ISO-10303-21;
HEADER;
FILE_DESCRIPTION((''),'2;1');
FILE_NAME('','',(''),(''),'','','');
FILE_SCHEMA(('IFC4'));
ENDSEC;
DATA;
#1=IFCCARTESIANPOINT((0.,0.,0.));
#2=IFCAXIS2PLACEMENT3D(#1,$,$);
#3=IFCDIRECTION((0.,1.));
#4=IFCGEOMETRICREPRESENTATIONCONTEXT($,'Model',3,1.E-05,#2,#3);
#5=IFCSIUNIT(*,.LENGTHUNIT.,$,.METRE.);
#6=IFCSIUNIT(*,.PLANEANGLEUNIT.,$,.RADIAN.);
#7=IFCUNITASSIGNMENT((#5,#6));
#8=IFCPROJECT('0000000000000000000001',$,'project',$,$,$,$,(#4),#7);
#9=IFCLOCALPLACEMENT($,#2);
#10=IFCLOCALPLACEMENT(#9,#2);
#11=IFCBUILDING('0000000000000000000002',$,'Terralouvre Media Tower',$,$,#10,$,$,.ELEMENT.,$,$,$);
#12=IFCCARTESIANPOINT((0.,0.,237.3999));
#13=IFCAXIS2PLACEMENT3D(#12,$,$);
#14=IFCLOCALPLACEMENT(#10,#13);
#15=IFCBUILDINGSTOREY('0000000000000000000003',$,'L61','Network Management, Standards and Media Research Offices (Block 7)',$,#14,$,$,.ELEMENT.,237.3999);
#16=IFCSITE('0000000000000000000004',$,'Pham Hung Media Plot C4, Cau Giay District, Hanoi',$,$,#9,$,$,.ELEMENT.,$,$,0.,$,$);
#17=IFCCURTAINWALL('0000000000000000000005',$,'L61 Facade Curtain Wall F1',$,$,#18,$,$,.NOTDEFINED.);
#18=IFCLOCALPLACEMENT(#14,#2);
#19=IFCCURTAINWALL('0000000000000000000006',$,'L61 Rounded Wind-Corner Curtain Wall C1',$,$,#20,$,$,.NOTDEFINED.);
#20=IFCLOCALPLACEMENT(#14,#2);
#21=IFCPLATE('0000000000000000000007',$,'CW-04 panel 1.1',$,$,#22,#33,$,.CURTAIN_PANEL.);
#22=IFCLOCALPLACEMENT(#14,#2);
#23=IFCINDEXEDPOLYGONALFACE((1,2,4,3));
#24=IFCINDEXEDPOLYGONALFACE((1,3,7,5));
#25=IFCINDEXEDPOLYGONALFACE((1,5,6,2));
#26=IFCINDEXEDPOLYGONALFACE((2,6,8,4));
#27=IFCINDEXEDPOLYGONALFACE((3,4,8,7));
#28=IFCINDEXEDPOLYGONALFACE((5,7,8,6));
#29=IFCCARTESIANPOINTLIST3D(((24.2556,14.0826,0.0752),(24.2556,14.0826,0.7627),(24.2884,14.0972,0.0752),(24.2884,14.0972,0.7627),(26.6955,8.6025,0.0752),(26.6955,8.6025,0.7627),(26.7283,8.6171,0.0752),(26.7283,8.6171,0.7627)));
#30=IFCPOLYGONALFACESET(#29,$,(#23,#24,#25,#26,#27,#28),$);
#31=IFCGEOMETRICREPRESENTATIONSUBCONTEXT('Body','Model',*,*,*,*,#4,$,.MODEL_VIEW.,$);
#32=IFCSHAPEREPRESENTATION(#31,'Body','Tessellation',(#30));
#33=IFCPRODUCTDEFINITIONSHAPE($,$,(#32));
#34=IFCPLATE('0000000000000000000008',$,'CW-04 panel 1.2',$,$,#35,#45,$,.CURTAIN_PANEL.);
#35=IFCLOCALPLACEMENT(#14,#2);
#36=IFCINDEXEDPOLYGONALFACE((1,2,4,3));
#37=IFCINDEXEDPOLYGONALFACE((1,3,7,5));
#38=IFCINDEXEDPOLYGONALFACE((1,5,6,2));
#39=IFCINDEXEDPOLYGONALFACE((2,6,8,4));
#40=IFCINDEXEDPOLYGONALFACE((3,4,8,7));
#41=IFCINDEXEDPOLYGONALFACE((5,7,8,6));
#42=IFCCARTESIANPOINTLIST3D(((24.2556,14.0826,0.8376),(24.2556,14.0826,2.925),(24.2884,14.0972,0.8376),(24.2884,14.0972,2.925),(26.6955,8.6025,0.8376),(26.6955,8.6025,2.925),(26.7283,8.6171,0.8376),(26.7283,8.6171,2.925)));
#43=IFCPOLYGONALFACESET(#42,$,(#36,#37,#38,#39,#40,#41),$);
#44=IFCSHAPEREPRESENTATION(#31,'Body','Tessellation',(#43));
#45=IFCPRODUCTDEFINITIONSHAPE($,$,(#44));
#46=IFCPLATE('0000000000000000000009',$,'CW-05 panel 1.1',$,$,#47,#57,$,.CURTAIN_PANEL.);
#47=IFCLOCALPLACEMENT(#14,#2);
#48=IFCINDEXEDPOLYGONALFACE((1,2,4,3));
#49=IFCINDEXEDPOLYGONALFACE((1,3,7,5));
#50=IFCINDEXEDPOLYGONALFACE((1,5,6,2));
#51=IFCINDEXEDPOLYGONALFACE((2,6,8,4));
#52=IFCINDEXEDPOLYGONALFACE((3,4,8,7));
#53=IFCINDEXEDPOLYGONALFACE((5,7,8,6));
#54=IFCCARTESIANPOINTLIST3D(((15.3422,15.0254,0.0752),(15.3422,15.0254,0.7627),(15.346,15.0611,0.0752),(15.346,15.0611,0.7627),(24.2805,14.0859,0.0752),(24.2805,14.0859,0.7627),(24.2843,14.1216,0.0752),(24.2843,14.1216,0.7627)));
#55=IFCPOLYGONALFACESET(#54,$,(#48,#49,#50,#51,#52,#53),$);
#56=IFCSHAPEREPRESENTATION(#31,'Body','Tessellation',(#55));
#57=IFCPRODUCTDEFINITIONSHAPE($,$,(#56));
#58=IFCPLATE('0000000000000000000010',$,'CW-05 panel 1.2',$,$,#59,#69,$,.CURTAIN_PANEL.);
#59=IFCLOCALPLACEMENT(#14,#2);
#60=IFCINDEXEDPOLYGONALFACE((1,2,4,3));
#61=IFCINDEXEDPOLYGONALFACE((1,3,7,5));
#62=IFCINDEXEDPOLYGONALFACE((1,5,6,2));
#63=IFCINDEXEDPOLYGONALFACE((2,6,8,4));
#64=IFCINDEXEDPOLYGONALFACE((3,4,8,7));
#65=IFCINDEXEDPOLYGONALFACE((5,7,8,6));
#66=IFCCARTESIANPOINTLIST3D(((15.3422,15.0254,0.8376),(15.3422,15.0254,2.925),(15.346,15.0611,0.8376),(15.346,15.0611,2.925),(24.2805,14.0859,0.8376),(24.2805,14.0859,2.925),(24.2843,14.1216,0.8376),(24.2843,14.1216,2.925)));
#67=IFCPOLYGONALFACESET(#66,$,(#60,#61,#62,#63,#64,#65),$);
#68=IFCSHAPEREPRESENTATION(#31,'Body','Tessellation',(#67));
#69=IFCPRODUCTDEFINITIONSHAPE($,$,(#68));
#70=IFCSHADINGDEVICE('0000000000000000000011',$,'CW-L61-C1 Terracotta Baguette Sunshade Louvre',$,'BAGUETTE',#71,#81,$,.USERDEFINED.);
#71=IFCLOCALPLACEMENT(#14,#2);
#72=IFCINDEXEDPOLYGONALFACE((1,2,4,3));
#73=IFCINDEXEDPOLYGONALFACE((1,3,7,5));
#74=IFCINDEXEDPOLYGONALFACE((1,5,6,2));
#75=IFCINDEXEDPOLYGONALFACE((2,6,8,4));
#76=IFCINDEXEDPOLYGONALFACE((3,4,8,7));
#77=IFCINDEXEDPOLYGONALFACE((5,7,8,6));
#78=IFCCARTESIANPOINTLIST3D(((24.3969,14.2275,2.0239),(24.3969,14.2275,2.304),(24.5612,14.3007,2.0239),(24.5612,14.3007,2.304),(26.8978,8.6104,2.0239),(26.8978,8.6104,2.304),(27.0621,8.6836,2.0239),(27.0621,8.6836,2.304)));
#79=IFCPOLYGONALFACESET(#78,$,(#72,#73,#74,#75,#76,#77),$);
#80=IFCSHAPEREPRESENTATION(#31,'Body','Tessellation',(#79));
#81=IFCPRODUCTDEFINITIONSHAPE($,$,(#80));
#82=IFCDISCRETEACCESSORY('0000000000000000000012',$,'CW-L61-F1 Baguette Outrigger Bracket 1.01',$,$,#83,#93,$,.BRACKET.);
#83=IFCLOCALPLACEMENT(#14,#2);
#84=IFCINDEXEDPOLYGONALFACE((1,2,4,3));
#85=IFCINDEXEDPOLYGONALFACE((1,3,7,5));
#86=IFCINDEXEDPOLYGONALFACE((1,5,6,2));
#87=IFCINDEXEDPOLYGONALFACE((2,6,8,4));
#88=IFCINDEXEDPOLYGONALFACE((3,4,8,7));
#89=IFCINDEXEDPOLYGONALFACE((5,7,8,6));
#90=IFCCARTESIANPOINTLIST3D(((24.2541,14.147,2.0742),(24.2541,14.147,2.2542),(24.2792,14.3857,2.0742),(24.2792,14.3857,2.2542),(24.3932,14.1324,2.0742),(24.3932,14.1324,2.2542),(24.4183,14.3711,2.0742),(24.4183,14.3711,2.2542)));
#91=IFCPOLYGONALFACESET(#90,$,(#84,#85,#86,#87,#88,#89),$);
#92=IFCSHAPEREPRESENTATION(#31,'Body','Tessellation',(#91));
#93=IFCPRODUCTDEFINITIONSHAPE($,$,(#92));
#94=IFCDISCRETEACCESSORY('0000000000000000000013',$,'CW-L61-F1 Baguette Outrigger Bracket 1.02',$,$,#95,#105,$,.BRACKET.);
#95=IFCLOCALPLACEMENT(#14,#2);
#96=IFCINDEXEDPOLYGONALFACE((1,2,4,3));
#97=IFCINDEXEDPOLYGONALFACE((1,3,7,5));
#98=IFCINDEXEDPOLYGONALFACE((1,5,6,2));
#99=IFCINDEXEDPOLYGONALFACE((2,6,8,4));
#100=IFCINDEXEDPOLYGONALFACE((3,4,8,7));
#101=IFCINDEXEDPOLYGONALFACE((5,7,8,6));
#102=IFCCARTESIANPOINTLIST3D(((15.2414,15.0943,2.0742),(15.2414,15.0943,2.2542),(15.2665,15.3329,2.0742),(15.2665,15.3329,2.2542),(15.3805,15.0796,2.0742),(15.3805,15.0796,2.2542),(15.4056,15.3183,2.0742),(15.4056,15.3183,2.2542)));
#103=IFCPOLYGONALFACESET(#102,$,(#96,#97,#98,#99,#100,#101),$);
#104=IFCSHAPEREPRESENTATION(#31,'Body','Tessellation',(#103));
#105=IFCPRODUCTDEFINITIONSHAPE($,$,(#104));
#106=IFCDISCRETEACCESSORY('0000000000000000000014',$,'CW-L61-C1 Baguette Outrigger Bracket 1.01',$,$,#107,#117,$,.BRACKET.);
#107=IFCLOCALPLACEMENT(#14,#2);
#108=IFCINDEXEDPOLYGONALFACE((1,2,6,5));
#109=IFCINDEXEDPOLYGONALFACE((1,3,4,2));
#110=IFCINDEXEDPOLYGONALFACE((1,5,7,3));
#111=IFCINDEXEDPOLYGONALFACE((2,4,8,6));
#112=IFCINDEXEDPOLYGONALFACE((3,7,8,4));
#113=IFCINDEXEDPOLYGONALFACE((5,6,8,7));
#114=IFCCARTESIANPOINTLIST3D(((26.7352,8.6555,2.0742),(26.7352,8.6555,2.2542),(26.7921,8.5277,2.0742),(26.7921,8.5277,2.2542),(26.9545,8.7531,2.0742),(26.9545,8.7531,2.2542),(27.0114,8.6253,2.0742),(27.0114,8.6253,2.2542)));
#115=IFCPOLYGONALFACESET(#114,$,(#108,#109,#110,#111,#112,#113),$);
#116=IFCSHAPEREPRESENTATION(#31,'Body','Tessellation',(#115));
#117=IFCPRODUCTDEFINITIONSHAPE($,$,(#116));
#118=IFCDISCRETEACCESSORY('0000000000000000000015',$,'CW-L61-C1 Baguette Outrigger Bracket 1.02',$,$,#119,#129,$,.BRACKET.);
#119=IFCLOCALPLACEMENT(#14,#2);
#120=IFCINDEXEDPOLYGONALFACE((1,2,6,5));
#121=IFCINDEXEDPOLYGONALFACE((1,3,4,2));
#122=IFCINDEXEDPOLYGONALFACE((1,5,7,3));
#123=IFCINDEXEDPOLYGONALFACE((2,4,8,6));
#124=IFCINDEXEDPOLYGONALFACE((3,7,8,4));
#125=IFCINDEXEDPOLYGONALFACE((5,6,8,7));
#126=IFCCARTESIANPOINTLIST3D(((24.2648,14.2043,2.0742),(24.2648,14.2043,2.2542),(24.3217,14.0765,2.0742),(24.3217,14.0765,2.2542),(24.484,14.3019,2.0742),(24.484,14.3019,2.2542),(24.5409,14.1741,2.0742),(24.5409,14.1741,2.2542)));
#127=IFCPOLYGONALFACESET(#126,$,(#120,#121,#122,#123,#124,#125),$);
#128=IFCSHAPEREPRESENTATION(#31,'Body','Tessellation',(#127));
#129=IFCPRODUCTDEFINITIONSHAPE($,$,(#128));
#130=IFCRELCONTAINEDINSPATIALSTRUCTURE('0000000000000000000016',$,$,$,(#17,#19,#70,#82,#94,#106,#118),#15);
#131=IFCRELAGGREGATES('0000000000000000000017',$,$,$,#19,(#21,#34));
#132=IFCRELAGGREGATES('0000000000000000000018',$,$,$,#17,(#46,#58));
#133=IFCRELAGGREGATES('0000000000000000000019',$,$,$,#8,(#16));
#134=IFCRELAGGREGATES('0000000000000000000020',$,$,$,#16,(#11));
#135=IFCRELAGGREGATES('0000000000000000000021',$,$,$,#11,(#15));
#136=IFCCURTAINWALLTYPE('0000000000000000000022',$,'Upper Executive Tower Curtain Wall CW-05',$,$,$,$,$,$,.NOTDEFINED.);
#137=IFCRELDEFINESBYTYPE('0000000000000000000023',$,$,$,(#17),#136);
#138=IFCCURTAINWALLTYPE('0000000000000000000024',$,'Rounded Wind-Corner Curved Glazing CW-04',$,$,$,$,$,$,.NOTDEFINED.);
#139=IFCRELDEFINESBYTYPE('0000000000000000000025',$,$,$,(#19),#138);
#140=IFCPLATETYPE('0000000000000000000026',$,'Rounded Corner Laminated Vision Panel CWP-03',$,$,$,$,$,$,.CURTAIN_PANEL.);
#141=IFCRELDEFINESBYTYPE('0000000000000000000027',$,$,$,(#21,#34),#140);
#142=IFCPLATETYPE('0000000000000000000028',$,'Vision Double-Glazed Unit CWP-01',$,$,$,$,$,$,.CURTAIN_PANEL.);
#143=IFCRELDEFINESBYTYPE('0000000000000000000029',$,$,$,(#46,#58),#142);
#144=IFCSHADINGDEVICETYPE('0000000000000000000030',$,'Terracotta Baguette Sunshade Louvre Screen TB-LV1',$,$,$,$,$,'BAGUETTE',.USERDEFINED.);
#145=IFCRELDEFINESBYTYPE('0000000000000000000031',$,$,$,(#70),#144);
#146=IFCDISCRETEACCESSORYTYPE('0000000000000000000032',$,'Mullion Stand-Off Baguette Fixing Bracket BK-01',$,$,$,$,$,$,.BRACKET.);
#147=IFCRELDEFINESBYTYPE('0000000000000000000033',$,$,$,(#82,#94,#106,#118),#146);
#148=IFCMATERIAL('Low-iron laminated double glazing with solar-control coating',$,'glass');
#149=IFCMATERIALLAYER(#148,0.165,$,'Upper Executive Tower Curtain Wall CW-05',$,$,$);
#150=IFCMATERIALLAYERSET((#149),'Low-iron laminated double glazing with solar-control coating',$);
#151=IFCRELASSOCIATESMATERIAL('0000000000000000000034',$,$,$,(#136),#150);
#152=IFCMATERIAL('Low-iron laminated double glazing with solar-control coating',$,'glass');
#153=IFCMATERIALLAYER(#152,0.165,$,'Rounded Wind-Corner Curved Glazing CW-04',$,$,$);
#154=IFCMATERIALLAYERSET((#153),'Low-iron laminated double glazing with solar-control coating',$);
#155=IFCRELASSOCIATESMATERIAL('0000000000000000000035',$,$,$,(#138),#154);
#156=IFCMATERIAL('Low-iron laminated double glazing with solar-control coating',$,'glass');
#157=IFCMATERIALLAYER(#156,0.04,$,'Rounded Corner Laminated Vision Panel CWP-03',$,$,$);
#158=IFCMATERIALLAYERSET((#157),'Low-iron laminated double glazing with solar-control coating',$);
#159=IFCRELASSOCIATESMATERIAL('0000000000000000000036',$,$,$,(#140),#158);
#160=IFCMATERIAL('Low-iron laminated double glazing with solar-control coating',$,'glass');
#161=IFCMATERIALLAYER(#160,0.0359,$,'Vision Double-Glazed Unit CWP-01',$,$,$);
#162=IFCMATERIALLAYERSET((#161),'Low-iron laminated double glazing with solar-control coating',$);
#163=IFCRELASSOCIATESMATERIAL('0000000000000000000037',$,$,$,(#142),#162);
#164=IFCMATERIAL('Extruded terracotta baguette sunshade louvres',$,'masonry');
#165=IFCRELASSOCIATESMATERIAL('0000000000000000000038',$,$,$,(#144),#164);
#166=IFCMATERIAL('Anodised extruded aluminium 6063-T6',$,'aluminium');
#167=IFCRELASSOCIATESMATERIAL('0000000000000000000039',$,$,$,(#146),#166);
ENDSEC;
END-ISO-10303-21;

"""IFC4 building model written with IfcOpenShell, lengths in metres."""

from ifc_helpers import new_model, si_unit, direction, frame, origin, origin_2d, place, context, subcontext, project, spatial, rectangle, extrude, material, layer, layer_set, type_object, element, aggregate, save


model = new_model("IFC4")

# Units and contexts
model_context = context("Model", 3, precision=1e-05, world=origin(), true_north=direction((0.0, 1.0)))
body_context = subcontext(model_context, "Body", "Model", "MODEL_VIEW")
ifc_project = project(units=[si_unit("LENGTHUNIT", "METRE"), si_unit("PLANEANGLEUNIT", "RADIAN")], contexts=[model_context])

# Site, building, storey
site_placement = place(None, origin())
site = spatial("IfcSite", under=ifc_project, at=site_placement, Name="Pham Hung Media Plot C4, Cau Giay District, Hanoi", CompositionType="ELEMENT", RefElevation=0.0)
building_placement = place(site_placement, origin())
building = spatial("IfcBuilding", under=site, at=building_placement, Name="Terralouvre Media Tower", CompositionType="ELEMENT")
storey_placement = place(building_placement, frame((0.0, 0.0, 237.3999)))
storey = spatial("IfcBuildingStorey", under=building, at=storey_placement, Name="L61", Description="Network Management, Standards and Media Research Offices (Block 7)", CompositionType="ELEMENT", Elevation=237.3999)

# Curtain wall
ifc_material_1 = material(Name="Low-iron laminated double glazing with solar-control coating", Category="glass")
ifc_layer_1 = layer(ifc_material_1, 0.165, Name="Upper Executive Tower Curtain Wall CW-05")
ifc_layer_set_1 = layer_set([ifc_layer_1], Name="Low-iron laminated double glazing with solar-control coating")
curtain_wall_type_1 = type_object("IfcCurtainWallType", Name="Upper Executive Tower Curtain Wall CW-05", PredefinedType="NOTDEFINED", material=ifc_layer_set_1)
curtain_wall_1_placement = place(storey_placement, origin())
curtain_wall_1 = element("IfcCurtainWall", 1, at=curtain_wall_1_placement, inside=storey, type_object=curtain_wall_type_1, Name="L61 Facade Curtain Wall F1", PredefinedType="NOTDEFINED")

# Curtain wall
ifc_material_2 = material(Name="Low-iron laminated double glazing with solar-control coating", Category="glass")
ifc_layer_2 = layer(ifc_material_2, 0.165, Name="Rounded Wind-Corner Curved Glazing CW-04")
ifc_layer_set_2 = layer_set([ifc_layer_2], Name="Low-iron laminated double glazing with solar-control coating")
curtain_wall_type_2 = type_object("IfcCurtainWallType", Name="Rounded Wind-Corner Curved Glazing CW-04", PredefinedType="NOTDEFINED", material=ifc_layer_set_2)
curtain_wall_2_placement = place(storey_placement, origin())
curtain_wall_2 = element("IfcCurtainWall", 2, at=curtain_wall_2_placement, inside=storey, type_object=curtain_wall_type_2, Name="L61 Rounded Wind-Corner Curtain Wall C1", PredefinedType="NOTDEFINED")

# Plates
ifc_material_3 = material(Name="Low-iron laminated double glazing with solar-control coating", Category="glass")
ifc_layer_3 = layer(ifc_material_3, 0.04, Name="Rounded Corner Laminated Vision Panel CWP-03")
ifc_layer_set_3 = layer_set([ifc_layer_3], Name="Low-iron laminated double glazing with solar-control coating")
plate_type_1 = type_object("IfcPlateType", Name="Rounded Corner Laminated Vision Panel CWP-03", PredefinedType="CURTAIN_PANEL", material=ifc_layer_set_3)
plate_1_placement = place(storey_placement, frame((25.4919, 11.3499, 0.0752), z_axis=(0.0, 0.0, 1.0), x_axis=(-0.406737, 0.913545, 0.0)))
plate_1 = element("IfcPlate", 3, at=plate_1_placement, type_object=plate_type_1, Name="CW-04 panel 1.1", PredefinedType="CURTAIN_PANEL", context=body_context, shape_type="SweptSolid", body=[
    extrude(rectangle(XDim=5.9988, YDim=0.0359, at=origin_2d()), origin(), (0.0, 0.0, 1.0), 0.6875),
])
plate_2_placement = place(storey_placement, frame((25.4919, 11.3499, 0.8376), z_axis=(0.0, 0.0, 1.0), x_axis=(-0.406737, 0.913545, 0.0)))
plate_2 = element("IfcPlate", 4, at=plate_2_placement, type_object=plate_type_1, Name="CW-04 panel 1.2", PredefinedType="CURTAIN_PANEL", context=body_context, shape_type="SweptSolid", body=[
    extrude(rectangle(XDim=5.9988, YDim=0.0359, at=origin_2d()), origin(), (0.0, 0.0, 1.0), 2.0874),
])
aggregate(curtain_wall_2, [plate_1, plate_2])
ifc_material_4 = material(Name="Low-iron laminated double glazing with solar-control coating", Category="glass")
ifc_layer_4 = layer(ifc_material_4, 0.0359, Name="Vision Double-Glazed Unit CWP-01")
ifc_layer_set_4 = layer_set([ifc_layer_4], Name="Low-iron laminated double glazing with solar-control coating")
plate_type_2 = type_object("IfcPlateType", Name="Vision Double-Glazed Unit CWP-01", PredefinedType="CURTAIN_PANEL", material=ifc_layer_set_4)
plate_3_placement = place(storey_placement, frame((19.8132, 14.5735, 0.0752), z_axis=(0.0, 0.0, 1.0), x_axis=(-0.994522, 0.104529, 0.0)))
plate_3 = element("IfcPlate", 5, at=plate_3_placement, type_object=plate_type_2, Name="CW-05 panel 1.1", PredefinedType="CURTAIN_PANEL", context=body_context, shape_type="SweptSolid", body=[
    extrude(rectangle(XDim=8.9875, YDim=0.0359, at=origin_2d()), origin(), (0.0, 0.0, 1.0), 0.6875),
])
plate_4_placement = place(storey_placement, frame((19.8132, 14.5735, 0.8376), z_axis=(0.0, 0.0, 1.0), x_axis=(-0.994522, 0.104529, 0.0)))
plate_4 = element("IfcPlate", 6, at=plate_4_placement, type_object=plate_type_2, Name="CW-05 panel 1.2", PredefinedType="CURTAIN_PANEL", context=body_context, shape_type="SweptSolid", body=[
    extrude(rectangle(XDim=8.9875, YDim=0.0359, at=origin_2d()), origin(), (0.0, 0.0, 1.0), 2.0874),
])
aggregate(curtain_wall_1, [plate_3, plate_4])

# Shading device
ifc_material_5 = material(Name="Extruded terracotta baguette sunshade louvres", Category="masonry")
shading_device_type = type_object("IfcShadingDeviceType", Name="Terracotta Baguette Sunshade Louvre Screen TB-LV1", ElementType="BAGUETTE", PredefinedType="USERDEFINED", material=ifc_material_5)
shading_device_placement = place(storey_placement, frame((25.7295, 11.4556, 2.0239), z_axis=(0.0, 0.0, 1.0), x_axis=(-0.406737, 0.913545, 0.0)))
element("IfcShadingDevice", 7, at=shading_device_placement, inside=storey, type_object=shading_device_type, Name="CW-L61-C1 Terracotta Baguette Sunshade Louvre", ObjectType="BAGUETTE", PredefinedType="USERDEFINED", context=body_context, shape_type="SweptSolid", body=[
    extrude(rectangle(XDim=6.1487, YDim=0.1799, at=origin_2d()), origin(), (0.0, 0.0, 1.0), 0.28),
])

# Discrete accessories
ifc_material_6 = material(Name="Anodised extruded aluminium 6063-T6", Category="aluminium")
discrete_accessory_type = type_object("IfcDiscreteAccessoryType", Name="Mullion Stand-Off Baguette Fixing Bracket BK-01", PredefinedType="BRACKET", material=ifc_material_6)
for number, where, z_axis, x_axis, name in (
    (8, (24.3362, 14.259, 2.0742), (0.0, 0.0, 1.0), (-0.994522, 0.104529, 0.0), "CW-L61-F1 Baguette Outrigger Bracket 1.01"),
    (9, (15.3235, 15.2063, 2.0742), (0.0, 0.0, 1.0), (-0.994522, 0.104529, 0.0), "CW-L61-F1 Baguette Outrigger Bracket 1.02"),
    (10, (26.8733, 8.6404, 2.0742), (0.0, 0.0, 1.0), (-0.406737, 0.913545, 0.0), "CW-L61-C1 Baguette Outrigger Bracket 1.01"),
    (11, (24.4028, 14.1892, 2.0742), (0.0, 0.0, 1.0), (-0.406737, 0.913545, 0.0), "CW-L61-C1 Baguette Outrigger Bracket 1.02"),
):
    element("IfcDiscreteAccessory", number, at=place(storey_placement, frame(where, z_axis=z_axis, x_axis=x_axis)), inside=storey, type_object=discrete_accessory_type, Name=name, PredefinedType="BRACKET", context=body_context, shape_type="SweptSolid", body=[
        extrude(rectangle(XDim=0.1399, YDim=0.24, at=origin_2d()), origin(), (0.0, 0.0, 1.0), 0.1799),
    ])

save(model, "model.ifc")
